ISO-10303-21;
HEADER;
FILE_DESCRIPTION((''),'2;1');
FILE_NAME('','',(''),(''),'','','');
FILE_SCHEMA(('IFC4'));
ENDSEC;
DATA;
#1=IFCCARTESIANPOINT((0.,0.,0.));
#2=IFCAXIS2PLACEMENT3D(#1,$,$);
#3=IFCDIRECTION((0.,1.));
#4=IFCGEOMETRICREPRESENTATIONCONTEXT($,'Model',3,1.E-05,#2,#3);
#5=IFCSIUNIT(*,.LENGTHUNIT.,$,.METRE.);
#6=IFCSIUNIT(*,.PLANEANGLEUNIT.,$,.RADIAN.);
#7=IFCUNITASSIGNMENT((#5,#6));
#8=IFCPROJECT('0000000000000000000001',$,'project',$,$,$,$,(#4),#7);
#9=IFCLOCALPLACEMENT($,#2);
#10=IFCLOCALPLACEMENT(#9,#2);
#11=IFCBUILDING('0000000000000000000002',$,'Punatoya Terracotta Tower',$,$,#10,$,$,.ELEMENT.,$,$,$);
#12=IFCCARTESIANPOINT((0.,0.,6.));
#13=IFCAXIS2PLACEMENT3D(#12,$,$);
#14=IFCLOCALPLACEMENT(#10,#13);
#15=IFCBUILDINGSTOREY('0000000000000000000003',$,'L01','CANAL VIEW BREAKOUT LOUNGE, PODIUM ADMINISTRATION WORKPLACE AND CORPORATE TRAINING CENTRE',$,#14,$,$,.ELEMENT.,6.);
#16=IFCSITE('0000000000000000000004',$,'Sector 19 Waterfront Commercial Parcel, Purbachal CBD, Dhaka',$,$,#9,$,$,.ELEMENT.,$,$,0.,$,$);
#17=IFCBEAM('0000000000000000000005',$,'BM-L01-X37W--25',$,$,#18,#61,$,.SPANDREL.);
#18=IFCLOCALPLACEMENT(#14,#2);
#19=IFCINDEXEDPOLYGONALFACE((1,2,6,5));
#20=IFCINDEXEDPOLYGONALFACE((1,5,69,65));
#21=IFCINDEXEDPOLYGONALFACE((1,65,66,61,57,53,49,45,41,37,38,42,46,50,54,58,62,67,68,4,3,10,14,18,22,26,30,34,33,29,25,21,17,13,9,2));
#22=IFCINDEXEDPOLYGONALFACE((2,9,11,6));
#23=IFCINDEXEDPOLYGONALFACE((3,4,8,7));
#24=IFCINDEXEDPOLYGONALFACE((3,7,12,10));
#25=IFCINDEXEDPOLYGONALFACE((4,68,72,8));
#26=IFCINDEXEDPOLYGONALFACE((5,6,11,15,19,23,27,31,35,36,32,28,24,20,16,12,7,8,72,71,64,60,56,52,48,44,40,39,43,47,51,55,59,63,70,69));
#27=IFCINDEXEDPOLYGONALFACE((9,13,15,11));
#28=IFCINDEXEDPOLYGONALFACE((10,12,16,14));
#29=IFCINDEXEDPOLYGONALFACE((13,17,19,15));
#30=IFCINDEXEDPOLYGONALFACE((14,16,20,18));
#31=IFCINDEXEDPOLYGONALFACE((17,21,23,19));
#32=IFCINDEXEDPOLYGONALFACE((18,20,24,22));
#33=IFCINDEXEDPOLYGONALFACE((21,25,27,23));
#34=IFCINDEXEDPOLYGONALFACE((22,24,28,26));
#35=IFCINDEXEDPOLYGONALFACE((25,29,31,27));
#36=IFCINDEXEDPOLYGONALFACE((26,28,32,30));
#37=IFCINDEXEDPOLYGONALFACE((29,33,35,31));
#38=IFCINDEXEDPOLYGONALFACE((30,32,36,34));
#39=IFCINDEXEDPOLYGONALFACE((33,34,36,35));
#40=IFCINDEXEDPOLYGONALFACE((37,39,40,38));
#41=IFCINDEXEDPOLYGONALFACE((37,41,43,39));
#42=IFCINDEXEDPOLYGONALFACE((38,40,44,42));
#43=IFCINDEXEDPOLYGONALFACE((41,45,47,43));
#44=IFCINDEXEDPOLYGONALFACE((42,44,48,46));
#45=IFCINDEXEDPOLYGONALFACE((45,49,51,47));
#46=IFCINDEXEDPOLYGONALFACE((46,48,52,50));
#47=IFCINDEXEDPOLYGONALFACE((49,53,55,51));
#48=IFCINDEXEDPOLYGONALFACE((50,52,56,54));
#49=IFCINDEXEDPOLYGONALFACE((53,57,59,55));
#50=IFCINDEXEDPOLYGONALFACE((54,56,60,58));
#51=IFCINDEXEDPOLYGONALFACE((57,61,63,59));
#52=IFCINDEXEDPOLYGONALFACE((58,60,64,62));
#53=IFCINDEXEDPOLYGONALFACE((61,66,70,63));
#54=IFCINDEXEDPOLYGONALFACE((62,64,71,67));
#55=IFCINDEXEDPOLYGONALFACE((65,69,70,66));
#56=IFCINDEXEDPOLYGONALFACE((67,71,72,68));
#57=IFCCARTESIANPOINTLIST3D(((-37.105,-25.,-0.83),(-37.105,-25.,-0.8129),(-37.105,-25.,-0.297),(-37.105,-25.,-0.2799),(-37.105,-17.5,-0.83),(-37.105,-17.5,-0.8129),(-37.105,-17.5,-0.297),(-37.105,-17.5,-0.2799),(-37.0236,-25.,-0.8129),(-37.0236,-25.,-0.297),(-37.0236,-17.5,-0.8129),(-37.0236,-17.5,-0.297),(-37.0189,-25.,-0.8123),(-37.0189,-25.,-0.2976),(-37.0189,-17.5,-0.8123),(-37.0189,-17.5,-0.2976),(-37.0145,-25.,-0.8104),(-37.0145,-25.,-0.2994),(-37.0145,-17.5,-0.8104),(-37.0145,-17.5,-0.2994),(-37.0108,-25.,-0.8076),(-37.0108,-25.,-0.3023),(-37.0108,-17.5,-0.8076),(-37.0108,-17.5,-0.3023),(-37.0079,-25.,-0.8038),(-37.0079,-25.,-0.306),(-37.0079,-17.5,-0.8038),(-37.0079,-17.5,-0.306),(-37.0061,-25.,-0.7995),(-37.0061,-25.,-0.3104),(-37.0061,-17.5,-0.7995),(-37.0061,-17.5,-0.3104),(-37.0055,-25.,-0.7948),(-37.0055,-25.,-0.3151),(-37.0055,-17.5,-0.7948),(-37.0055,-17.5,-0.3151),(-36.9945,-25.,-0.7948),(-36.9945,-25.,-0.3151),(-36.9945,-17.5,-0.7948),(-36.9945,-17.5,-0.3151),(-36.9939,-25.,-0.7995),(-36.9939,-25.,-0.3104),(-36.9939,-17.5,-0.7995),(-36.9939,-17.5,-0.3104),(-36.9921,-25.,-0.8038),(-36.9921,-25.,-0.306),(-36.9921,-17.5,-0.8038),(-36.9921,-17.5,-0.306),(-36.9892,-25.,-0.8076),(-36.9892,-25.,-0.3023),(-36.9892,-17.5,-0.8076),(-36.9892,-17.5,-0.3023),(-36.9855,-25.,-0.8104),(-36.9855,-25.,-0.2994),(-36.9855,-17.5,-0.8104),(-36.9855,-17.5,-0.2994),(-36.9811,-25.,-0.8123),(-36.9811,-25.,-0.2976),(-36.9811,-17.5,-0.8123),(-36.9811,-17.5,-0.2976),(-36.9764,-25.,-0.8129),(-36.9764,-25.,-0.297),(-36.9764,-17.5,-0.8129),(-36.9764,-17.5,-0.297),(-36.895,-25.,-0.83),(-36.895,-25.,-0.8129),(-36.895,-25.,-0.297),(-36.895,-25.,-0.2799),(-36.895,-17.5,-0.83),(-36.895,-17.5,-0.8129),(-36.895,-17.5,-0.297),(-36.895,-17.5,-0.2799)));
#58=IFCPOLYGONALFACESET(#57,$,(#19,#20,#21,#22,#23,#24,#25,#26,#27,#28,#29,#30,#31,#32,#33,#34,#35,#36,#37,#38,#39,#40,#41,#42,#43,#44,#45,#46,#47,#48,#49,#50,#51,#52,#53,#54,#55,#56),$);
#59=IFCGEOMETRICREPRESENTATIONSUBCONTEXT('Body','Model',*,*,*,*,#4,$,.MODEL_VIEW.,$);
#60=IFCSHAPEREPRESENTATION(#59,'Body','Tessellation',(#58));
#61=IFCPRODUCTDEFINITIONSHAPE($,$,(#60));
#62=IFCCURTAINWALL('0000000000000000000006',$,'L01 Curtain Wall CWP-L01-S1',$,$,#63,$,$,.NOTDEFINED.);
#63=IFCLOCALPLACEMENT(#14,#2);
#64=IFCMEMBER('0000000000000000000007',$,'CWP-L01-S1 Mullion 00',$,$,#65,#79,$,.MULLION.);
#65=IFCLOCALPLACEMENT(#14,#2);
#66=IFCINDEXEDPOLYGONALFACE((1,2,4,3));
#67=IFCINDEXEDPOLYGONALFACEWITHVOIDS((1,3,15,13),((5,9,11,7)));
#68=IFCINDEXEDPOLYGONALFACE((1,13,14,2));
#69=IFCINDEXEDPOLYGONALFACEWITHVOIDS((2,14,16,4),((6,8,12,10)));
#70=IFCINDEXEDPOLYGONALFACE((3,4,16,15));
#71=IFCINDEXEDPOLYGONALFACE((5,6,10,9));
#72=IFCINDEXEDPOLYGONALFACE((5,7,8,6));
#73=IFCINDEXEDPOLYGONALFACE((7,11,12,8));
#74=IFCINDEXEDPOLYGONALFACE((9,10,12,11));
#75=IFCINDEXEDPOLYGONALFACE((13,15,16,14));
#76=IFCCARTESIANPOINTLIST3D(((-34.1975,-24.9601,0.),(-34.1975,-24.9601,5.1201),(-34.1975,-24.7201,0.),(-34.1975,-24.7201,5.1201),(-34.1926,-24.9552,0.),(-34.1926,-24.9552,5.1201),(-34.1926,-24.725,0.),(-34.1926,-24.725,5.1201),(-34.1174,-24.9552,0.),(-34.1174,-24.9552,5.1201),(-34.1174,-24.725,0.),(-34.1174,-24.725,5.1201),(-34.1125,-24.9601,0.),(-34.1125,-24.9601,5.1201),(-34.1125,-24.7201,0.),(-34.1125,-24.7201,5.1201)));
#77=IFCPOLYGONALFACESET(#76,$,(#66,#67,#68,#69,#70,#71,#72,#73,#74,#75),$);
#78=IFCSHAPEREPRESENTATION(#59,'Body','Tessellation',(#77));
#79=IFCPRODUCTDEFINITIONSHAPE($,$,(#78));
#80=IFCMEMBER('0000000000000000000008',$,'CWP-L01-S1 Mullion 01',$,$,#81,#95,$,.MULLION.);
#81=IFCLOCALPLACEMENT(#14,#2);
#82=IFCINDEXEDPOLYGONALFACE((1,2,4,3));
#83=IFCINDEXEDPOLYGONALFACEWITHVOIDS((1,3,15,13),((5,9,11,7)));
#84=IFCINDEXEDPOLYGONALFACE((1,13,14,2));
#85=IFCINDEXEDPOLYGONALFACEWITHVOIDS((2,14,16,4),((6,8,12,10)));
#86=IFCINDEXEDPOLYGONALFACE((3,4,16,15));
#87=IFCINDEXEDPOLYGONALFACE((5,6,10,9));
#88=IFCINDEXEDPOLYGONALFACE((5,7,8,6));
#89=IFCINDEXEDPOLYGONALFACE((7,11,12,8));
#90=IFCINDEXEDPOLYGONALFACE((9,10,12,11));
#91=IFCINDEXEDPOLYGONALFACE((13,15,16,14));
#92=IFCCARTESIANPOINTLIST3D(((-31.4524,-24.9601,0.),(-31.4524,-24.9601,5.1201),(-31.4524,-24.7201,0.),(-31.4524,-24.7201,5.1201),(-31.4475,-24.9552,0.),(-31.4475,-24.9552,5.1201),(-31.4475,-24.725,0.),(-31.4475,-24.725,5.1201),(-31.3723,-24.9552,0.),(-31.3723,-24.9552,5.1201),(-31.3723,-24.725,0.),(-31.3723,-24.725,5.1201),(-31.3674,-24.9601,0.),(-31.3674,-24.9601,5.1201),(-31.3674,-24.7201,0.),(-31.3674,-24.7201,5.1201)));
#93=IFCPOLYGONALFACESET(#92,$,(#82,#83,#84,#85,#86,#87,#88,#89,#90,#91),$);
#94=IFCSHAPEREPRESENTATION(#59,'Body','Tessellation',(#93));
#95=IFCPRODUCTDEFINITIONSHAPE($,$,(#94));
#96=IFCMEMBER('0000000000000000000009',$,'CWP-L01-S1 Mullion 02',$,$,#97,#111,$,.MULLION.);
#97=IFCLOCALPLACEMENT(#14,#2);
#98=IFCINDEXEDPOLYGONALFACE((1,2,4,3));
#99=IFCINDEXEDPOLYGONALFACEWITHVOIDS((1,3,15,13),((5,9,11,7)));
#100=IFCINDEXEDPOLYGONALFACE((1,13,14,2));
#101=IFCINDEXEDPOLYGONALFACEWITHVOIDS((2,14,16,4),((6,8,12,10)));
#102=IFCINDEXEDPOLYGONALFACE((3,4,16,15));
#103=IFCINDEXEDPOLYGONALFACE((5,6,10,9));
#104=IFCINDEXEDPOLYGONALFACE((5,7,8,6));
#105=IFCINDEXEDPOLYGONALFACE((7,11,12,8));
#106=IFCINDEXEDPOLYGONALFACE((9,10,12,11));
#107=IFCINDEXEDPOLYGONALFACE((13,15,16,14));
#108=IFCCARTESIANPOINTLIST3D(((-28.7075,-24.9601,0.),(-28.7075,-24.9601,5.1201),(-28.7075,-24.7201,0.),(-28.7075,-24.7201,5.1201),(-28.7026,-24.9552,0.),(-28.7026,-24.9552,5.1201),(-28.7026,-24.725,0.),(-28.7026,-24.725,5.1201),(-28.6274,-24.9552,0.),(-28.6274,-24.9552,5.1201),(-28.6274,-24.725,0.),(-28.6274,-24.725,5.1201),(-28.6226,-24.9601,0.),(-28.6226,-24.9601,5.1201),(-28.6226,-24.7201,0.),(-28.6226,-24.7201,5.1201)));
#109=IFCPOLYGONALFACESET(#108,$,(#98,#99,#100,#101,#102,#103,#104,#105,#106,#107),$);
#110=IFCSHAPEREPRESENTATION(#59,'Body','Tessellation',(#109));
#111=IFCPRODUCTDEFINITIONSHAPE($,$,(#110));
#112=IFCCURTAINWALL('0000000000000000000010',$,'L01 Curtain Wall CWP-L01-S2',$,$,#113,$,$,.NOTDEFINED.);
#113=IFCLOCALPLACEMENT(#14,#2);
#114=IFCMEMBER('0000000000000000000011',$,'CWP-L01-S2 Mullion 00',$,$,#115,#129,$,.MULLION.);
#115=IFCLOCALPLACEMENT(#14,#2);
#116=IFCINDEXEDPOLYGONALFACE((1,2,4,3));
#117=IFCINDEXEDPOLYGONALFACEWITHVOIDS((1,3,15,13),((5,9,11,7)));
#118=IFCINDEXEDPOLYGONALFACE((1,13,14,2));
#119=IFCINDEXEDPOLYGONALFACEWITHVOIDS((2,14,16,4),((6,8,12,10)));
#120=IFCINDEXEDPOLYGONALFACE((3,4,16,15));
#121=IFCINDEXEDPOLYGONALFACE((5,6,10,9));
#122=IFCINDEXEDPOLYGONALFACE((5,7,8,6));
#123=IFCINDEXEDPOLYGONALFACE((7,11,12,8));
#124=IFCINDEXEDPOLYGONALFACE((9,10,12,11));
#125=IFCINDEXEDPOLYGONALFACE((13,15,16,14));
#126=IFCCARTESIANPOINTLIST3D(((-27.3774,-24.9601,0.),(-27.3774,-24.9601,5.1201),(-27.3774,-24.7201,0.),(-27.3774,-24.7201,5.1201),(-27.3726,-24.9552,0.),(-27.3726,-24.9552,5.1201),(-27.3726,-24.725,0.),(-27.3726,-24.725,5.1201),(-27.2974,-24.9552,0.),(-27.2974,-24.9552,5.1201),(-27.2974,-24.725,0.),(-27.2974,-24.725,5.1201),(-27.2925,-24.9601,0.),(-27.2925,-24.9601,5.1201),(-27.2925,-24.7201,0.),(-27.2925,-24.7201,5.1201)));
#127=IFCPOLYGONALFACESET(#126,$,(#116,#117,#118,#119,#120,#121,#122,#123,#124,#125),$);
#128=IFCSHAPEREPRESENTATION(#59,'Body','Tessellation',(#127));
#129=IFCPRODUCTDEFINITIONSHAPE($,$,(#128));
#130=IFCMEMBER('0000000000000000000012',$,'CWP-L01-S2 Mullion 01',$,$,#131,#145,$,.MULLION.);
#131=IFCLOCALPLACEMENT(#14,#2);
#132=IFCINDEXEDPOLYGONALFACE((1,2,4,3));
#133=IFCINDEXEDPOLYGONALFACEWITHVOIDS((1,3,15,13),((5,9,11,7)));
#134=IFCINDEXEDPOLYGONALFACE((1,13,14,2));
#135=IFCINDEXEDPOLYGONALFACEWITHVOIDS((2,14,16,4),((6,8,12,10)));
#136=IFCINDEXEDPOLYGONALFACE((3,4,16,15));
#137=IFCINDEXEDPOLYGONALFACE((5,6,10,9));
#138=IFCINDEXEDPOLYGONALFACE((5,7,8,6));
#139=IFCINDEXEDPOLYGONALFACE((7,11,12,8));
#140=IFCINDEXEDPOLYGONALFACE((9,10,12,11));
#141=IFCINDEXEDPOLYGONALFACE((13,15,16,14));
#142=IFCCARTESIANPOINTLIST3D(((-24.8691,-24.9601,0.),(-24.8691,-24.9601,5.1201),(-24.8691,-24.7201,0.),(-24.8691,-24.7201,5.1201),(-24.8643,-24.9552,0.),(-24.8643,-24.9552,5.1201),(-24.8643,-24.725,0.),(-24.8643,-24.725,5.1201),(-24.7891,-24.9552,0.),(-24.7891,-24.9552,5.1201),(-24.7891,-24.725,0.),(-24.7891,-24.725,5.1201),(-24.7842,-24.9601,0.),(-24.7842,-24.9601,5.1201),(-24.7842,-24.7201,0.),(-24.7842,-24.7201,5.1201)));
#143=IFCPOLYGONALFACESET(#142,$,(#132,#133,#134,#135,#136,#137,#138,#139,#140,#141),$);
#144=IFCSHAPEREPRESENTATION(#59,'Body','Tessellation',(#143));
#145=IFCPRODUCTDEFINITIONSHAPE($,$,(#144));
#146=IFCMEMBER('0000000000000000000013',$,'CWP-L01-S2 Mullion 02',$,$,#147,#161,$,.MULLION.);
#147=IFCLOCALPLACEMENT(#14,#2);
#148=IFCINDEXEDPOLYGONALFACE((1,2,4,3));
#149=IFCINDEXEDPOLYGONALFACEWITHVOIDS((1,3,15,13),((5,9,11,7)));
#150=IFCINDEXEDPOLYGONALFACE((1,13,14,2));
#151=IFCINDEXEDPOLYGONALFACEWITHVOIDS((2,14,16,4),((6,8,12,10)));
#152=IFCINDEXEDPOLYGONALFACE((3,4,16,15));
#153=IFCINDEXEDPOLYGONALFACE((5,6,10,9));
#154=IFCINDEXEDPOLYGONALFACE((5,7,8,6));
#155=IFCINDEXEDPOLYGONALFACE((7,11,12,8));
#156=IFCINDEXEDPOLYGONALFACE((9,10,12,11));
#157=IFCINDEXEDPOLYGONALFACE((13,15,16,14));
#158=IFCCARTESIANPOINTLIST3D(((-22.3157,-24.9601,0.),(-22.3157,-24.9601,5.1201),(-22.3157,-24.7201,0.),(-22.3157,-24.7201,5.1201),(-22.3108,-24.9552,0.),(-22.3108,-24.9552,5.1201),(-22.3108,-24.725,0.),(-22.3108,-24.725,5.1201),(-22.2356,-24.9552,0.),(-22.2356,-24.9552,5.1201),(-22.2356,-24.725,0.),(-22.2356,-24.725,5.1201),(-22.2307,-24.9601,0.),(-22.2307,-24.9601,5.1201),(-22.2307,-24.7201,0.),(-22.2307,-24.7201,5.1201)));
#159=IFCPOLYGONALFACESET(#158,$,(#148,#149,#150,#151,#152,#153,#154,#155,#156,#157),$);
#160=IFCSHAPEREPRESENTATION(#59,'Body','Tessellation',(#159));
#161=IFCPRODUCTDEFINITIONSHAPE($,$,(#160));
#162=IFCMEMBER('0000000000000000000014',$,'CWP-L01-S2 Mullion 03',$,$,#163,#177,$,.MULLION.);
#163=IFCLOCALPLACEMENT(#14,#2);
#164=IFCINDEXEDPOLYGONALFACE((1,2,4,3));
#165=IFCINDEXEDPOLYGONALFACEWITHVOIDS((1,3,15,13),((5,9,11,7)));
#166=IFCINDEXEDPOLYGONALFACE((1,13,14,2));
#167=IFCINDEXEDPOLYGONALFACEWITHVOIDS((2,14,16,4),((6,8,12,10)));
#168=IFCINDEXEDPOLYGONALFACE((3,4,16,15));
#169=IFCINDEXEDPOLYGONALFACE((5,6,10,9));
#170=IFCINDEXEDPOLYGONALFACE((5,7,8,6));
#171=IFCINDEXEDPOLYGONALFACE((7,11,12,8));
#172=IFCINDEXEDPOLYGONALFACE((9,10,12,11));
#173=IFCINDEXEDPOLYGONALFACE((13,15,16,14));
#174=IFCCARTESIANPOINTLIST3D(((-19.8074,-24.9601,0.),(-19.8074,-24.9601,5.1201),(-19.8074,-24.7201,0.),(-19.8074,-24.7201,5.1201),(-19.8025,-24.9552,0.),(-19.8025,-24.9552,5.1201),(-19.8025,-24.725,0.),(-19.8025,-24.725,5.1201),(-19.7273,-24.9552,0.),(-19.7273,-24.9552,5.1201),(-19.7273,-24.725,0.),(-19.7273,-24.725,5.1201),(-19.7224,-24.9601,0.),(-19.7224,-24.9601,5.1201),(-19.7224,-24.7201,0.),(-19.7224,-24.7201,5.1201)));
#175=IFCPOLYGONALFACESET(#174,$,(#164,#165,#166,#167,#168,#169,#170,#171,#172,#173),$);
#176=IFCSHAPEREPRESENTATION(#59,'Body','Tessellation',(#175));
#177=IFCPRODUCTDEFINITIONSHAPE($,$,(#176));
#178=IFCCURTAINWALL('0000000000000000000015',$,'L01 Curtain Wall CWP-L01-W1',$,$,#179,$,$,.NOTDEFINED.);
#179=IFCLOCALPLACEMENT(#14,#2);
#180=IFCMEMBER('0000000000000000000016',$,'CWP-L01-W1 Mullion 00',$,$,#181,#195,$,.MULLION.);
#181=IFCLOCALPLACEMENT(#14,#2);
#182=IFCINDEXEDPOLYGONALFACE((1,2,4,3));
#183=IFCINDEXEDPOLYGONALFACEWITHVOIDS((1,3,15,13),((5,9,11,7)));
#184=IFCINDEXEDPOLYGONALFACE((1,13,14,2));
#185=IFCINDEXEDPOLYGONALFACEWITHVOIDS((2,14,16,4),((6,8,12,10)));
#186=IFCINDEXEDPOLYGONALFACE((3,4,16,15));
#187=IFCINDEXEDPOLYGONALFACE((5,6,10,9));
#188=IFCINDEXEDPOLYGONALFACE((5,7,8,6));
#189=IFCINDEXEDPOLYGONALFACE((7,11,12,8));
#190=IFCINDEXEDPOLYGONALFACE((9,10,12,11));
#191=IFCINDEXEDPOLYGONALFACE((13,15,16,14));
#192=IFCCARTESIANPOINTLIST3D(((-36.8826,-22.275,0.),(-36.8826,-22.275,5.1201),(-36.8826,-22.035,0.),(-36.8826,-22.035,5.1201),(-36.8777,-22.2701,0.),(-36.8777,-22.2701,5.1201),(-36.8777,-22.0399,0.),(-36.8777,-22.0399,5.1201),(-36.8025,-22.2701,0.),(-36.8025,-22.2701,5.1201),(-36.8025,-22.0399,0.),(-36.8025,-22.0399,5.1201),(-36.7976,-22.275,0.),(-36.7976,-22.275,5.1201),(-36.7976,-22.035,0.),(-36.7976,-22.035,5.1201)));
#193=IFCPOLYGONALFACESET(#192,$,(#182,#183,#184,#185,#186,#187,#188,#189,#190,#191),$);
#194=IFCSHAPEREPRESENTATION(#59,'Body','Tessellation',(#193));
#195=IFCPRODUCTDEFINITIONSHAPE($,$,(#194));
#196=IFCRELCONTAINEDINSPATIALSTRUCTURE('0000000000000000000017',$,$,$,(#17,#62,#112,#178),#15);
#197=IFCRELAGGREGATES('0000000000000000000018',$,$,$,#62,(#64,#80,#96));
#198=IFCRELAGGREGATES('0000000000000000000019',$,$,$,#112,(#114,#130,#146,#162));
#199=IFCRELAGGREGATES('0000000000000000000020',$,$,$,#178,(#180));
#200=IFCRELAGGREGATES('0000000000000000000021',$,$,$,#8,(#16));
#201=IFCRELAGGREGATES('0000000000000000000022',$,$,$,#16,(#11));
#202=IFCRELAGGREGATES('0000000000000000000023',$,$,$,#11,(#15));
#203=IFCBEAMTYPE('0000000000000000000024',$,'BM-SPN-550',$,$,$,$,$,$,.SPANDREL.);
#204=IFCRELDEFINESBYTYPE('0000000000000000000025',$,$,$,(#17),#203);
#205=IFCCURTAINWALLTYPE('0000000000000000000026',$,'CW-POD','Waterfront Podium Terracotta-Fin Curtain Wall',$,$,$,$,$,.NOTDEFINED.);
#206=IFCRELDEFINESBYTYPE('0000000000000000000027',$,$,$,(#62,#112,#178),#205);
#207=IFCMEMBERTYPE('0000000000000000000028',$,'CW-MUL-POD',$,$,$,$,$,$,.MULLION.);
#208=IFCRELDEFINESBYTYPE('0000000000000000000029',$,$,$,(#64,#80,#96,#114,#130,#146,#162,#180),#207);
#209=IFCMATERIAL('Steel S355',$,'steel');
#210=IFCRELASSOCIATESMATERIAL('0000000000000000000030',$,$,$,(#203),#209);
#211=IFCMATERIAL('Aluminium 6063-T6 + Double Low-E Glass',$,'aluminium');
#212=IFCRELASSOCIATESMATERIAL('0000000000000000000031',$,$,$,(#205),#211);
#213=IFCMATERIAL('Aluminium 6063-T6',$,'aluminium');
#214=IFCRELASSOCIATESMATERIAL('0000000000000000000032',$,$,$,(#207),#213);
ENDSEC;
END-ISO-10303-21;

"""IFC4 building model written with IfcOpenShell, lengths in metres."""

from ifc_helpers import new_model, si_unit, direction, frame, origin, origin_2d, place, context, subcontext, project, spatial, hollow_rectangle, i_section, extrude, material, material_profile, profile_set, type_object, element, aggregate, save


model = new_model("IFC4")

# Units and contexts
model_context = context("Model", 3, precision=1e-05, world=origin(), true_north=direction((0.0, 1.0)))
body_context = subcontext(model_context, "Body", "Model", "MODEL_VIEW")
ifc_project = project(units=[si_unit("LENGTHUNIT", "METRE"), si_unit("PLANEANGLEUNIT", "RADIAN")], contexts=[model_context])

# Site, building, storey
site_placement = place(None, origin())
site = spatial("IfcSite", under=ifc_project, at=site_placement, Name="Sector 19 Waterfront Commercial Parcel, Purbachal CBD, Dhaka", CompositionType="ELEMENT", RefElevation=0.0)
building_placement = place(site_placement, origin())
building = spatial("IfcBuilding", under=site, at=building_placement, Name="Punatoya Terracotta Tower", CompositionType="ELEMENT")
storey_placement = place(building_placement, frame((0.0, 0.0, 6.0)))
storey = spatial("IfcBuildingStorey", under=building, at=storey_placement, Name="L01", Description="CANAL VIEW BREAKOUT LOUNGE, PODIUM ADMINISTRATION WORKPLACE AND CORPORATE TRAINING CENTRE", CompositionType="ELEMENT", Elevation=6.0)

# Beam
ifc_material_1 = material(Name="Steel S355", Category="steel")
ifc_material_profile_1 = material_profile(ifc_material_1, i_section(OverallWidth=0.21, OverallDepth=0.55, WebThickness=0.011, FlangeThickness=0.0171, FilletRadius=0.0181, at=origin_2d()))
ifc_profile_set_1 = profile_set([ifc_material_profile_1], Name="Steel S355")
beam_type_1 = type_object("IfcBeamType", Name="BM-SPN-550", PredefinedType="SPANDREL", material=ifc_profile_set_1)
beam_1_placement = place(storey_placement, frame((-37.0, -25.0, -0.5549), z_axis=(0.0, 1.0, 0.0), x_axis=(-1.0, 0.0, 0.0)))
element("IfcBeam", 1, at=beam_1_placement, inside=storey, type_object=beam_type_1, Name="BM-L01-X37W--25", PredefinedType="SPANDREL", context=body_context, shape_type="SweptSolid", body=[
    extrude(i_section(OverallWidth=0.21, OverallDepth=0.55, WebThickness=0.011, FlangeThickness=0.0171, FilletRadius=0.0181, at=origin_2d()), origin(), (0.0, 0.0, 1.0), 7.5),
])

# Curtain walls, members
ifc_material_2 = material(Name="Aluminium 6063-T6 + Double Low-E Glass", Category="aluminium")
curtain_wall_type = type_object("IfcCurtainWallType", Name="CW-POD", Description="Waterfront Podium Terracotta-Fin Curtain Wall", PredefinedType="NOTDEFINED", material=ifc_material_2)
curtain_wall_1_placement = place(storey_placement, origin())
curtain_wall_1 = element("IfcCurtainWall", 2, at=curtain_wall_1_placement, inside=storey, type_object=curtain_wall_type, Name="L01 Curtain Wall CWP-L01-S1", PredefinedType="NOTDEFINED")
ifc_material_3 = material(Name="Aluminium 6063-T6", Category="aluminium")
ifc_material_profile_2 = material_profile(ifc_material_3, hollow_rectangle(XDim=0.085, YDim=0.24, WallThickness=0.0049, at=origin_2d()))
ifc_profile_set_2 = profile_set([ifc_material_profile_2], Name="Aluminium 6063-T6")
member_type_1 = type_object("IfcMemberType", Name="CW-MUL-POD", PredefinedType="MULLION", material=ifc_profile_set_2)
member_1_placement = place(storey_placement, frame((-34.155, -24.8401, 0.0), z_axis=(0.0, 0.0, 1.0), x_axis=(1.0, 0.0, 0.0)))
member_1 = element("IfcMember", 3, at=member_1_placement, type_object=member_type_1, Name="CWP-L01-S1 Mullion 00", PredefinedType="MULLION", context=body_context, shape_type="SweptSolid", body=[
    extrude(hollow_rectangle(XDim=0.085, YDim=0.24, WallThickness=0.0049, at=origin_2d()), origin(), (0.0, 0.0, 1.0), 5.1201),
])
member_2_placement = place(storey_placement, frame((-31.4099, -24.8401, 0.0), z_axis=(0.0, 0.0, 1.0), x_axis=(1.0, 0.0, 0.0)))
member_2 = element("IfcMember", 4, at=member_2_placement, type_object=member_type_1, Name="CWP-L01-S1 Mullion 01", PredefinedType="MULLION", context=body_context, shape_type="SweptSolid", body=[
    extrude(hollow_rectangle(XDim=0.085, YDim=0.24, WallThickness=0.0049, at=origin_2d()), origin(), (0.0, 0.0, 1.0), 5.1201),
])
member_3_placement = place(storey_placement, frame((-28.665, -24.8401, 0.0), z_axis=(0.0, 0.0, 1.0), x_axis=(1.0, 0.0, 0.0)))
member_3 = element("IfcMember", 5, at=member_3_placement, type_object=member_type_1, Name="CWP-L01-S1 Mullion 02", PredefinedType="MULLION", context=body_context, shape_type="SweptSolid", body=[
    extrude(hollow_rectangle(XDim=0.085, YDim=0.24, WallThickness=0.0049, at=origin_2d()), origin(), (0.0, 0.0, 1.0), 5.1201),
])
curtain_wall_2_placement = place(storey_placement, origin())
curtain_wall_2 = element("IfcCurtainWall", 6, at=curtain_wall_2_placement, inside=storey, type_object=curtain_wall_type, Name="L01 Curtain Wall CWP-L01-S2", PredefinedType="NOTDEFINED")
member_4_placement = place(storey_placement, frame((-27.335, -24.8401, 0.0), z_axis=(0.0, 0.0, 1.0), x_axis=(1.0, 0.0, 0.0)))
member_4 = element("IfcMember", 7, at=member_4_placement, type_object=member_type_1, Name="CWP-L01-S2 Mullion 00", PredefinedType="MULLION", context=body_context, shape_type="SweptSolid", body=[
    extrude(hollow_rectangle(XDim=0.085, YDim=0.24, WallThickness=0.0049, at=origin_2d()), origin(), (0.0, 0.0, 1.0), 5.1201),
])
member_5_placement = place(storey_placement, frame((-24.8267, -24.8401, 0.0), z_axis=(0.0, 0.0, 1.0), x_axis=(1.0, 0.0, 0.0)))
member_5 = element("IfcMember", 8, at=member_5_placement, type_object=member_type_1, Name="CWP-L01-S2 Mullion 01", PredefinedType="MULLION", context=body_context, shape_type="SweptSolid", body=[
    extrude(hollow_rectangle(XDim=0.085, YDim=0.24, WallThickness=0.0049, at=origin_2d()), origin(), (0.0, 0.0, 1.0), 5.1201),
])
member_6_placement = place(storey_placement, frame((-22.2732, -24.8401, 0.0), z_axis=(0.0, 0.0, 1.0), x_axis=(1.0, 0.0, 0.0)))
member_6 = element("IfcMember", 9, at=member_6_placement, type_object=member_type_1, Name="CWP-L01-S2 Mullion 02", PredefinedType="MULLION", context=body_context, shape_type="SweptSolid", body=[
    extrude(hollow_rectangle(XDim=0.085, YDim=0.24, WallThickness=0.0049, at=origin_2d()), origin(), (0.0, 0.0, 1.0), 5.1201),
])
member_7_placement = place(storey_placement, frame((-19.7649, -24.8401, 0.0), z_axis=(0.0, 0.0, 1.0), x_axis=(1.0, 0.0, 0.0)))
member_7 = element("IfcMember", 10, at=member_7_placement, type_object=member_type_1, Name="CWP-L01-S2 Mullion 03", PredefinedType="MULLION", context=body_context, shape_type="SweptSolid", body=[
    extrude(hollow_rectangle(XDim=0.085, YDim=0.24, WallThickness=0.0049, at=origin_2d()), origin(), (0.0, 0.0, 1.0), 5.1201),
])

# Curtain wall, member
curtain_wall_3_placement = place(storey_placement, origin())
curtain_wall_3 = element("IfcCurtainWall", 11, at=curtain_wall_3_placement, inside=storey, type_object=curtain_wall_type, Name="L01 Curtain Wall CWP-L01-W1", PredefinedType="NOTDEFINED")
member_8_placement = place(storey_placement, frame((-36.8401, -22.155, 0.0), z_axis=(0.0, 0.0, 1.0), x_axis=(1.0, 0.0, 0.0)))
member_8 = element("IfcMember", 12, at=member_8_placement, type_object=member_type_1, Name="CWP-L01-W1 Mullion 00", PredefinedType="MULLION", context=body_context, shape_type="SweptSolid", body=[
    extrude(hollow_rectangle(XDim=0.085, YDim=0.24, WallThickness=0.0049, at=origin_2d()), origin(), (0.0, 0.0, 1.0), 5.1201),
])

aggregate(curtain_wall_1, [member_1, member_2, member_3])
aggregate(curtain_wall_2, [member_4, member_5, member_6, member_7])
aggregate(curtain_wall_3, [member_8])

save(model, "model.ifc")
